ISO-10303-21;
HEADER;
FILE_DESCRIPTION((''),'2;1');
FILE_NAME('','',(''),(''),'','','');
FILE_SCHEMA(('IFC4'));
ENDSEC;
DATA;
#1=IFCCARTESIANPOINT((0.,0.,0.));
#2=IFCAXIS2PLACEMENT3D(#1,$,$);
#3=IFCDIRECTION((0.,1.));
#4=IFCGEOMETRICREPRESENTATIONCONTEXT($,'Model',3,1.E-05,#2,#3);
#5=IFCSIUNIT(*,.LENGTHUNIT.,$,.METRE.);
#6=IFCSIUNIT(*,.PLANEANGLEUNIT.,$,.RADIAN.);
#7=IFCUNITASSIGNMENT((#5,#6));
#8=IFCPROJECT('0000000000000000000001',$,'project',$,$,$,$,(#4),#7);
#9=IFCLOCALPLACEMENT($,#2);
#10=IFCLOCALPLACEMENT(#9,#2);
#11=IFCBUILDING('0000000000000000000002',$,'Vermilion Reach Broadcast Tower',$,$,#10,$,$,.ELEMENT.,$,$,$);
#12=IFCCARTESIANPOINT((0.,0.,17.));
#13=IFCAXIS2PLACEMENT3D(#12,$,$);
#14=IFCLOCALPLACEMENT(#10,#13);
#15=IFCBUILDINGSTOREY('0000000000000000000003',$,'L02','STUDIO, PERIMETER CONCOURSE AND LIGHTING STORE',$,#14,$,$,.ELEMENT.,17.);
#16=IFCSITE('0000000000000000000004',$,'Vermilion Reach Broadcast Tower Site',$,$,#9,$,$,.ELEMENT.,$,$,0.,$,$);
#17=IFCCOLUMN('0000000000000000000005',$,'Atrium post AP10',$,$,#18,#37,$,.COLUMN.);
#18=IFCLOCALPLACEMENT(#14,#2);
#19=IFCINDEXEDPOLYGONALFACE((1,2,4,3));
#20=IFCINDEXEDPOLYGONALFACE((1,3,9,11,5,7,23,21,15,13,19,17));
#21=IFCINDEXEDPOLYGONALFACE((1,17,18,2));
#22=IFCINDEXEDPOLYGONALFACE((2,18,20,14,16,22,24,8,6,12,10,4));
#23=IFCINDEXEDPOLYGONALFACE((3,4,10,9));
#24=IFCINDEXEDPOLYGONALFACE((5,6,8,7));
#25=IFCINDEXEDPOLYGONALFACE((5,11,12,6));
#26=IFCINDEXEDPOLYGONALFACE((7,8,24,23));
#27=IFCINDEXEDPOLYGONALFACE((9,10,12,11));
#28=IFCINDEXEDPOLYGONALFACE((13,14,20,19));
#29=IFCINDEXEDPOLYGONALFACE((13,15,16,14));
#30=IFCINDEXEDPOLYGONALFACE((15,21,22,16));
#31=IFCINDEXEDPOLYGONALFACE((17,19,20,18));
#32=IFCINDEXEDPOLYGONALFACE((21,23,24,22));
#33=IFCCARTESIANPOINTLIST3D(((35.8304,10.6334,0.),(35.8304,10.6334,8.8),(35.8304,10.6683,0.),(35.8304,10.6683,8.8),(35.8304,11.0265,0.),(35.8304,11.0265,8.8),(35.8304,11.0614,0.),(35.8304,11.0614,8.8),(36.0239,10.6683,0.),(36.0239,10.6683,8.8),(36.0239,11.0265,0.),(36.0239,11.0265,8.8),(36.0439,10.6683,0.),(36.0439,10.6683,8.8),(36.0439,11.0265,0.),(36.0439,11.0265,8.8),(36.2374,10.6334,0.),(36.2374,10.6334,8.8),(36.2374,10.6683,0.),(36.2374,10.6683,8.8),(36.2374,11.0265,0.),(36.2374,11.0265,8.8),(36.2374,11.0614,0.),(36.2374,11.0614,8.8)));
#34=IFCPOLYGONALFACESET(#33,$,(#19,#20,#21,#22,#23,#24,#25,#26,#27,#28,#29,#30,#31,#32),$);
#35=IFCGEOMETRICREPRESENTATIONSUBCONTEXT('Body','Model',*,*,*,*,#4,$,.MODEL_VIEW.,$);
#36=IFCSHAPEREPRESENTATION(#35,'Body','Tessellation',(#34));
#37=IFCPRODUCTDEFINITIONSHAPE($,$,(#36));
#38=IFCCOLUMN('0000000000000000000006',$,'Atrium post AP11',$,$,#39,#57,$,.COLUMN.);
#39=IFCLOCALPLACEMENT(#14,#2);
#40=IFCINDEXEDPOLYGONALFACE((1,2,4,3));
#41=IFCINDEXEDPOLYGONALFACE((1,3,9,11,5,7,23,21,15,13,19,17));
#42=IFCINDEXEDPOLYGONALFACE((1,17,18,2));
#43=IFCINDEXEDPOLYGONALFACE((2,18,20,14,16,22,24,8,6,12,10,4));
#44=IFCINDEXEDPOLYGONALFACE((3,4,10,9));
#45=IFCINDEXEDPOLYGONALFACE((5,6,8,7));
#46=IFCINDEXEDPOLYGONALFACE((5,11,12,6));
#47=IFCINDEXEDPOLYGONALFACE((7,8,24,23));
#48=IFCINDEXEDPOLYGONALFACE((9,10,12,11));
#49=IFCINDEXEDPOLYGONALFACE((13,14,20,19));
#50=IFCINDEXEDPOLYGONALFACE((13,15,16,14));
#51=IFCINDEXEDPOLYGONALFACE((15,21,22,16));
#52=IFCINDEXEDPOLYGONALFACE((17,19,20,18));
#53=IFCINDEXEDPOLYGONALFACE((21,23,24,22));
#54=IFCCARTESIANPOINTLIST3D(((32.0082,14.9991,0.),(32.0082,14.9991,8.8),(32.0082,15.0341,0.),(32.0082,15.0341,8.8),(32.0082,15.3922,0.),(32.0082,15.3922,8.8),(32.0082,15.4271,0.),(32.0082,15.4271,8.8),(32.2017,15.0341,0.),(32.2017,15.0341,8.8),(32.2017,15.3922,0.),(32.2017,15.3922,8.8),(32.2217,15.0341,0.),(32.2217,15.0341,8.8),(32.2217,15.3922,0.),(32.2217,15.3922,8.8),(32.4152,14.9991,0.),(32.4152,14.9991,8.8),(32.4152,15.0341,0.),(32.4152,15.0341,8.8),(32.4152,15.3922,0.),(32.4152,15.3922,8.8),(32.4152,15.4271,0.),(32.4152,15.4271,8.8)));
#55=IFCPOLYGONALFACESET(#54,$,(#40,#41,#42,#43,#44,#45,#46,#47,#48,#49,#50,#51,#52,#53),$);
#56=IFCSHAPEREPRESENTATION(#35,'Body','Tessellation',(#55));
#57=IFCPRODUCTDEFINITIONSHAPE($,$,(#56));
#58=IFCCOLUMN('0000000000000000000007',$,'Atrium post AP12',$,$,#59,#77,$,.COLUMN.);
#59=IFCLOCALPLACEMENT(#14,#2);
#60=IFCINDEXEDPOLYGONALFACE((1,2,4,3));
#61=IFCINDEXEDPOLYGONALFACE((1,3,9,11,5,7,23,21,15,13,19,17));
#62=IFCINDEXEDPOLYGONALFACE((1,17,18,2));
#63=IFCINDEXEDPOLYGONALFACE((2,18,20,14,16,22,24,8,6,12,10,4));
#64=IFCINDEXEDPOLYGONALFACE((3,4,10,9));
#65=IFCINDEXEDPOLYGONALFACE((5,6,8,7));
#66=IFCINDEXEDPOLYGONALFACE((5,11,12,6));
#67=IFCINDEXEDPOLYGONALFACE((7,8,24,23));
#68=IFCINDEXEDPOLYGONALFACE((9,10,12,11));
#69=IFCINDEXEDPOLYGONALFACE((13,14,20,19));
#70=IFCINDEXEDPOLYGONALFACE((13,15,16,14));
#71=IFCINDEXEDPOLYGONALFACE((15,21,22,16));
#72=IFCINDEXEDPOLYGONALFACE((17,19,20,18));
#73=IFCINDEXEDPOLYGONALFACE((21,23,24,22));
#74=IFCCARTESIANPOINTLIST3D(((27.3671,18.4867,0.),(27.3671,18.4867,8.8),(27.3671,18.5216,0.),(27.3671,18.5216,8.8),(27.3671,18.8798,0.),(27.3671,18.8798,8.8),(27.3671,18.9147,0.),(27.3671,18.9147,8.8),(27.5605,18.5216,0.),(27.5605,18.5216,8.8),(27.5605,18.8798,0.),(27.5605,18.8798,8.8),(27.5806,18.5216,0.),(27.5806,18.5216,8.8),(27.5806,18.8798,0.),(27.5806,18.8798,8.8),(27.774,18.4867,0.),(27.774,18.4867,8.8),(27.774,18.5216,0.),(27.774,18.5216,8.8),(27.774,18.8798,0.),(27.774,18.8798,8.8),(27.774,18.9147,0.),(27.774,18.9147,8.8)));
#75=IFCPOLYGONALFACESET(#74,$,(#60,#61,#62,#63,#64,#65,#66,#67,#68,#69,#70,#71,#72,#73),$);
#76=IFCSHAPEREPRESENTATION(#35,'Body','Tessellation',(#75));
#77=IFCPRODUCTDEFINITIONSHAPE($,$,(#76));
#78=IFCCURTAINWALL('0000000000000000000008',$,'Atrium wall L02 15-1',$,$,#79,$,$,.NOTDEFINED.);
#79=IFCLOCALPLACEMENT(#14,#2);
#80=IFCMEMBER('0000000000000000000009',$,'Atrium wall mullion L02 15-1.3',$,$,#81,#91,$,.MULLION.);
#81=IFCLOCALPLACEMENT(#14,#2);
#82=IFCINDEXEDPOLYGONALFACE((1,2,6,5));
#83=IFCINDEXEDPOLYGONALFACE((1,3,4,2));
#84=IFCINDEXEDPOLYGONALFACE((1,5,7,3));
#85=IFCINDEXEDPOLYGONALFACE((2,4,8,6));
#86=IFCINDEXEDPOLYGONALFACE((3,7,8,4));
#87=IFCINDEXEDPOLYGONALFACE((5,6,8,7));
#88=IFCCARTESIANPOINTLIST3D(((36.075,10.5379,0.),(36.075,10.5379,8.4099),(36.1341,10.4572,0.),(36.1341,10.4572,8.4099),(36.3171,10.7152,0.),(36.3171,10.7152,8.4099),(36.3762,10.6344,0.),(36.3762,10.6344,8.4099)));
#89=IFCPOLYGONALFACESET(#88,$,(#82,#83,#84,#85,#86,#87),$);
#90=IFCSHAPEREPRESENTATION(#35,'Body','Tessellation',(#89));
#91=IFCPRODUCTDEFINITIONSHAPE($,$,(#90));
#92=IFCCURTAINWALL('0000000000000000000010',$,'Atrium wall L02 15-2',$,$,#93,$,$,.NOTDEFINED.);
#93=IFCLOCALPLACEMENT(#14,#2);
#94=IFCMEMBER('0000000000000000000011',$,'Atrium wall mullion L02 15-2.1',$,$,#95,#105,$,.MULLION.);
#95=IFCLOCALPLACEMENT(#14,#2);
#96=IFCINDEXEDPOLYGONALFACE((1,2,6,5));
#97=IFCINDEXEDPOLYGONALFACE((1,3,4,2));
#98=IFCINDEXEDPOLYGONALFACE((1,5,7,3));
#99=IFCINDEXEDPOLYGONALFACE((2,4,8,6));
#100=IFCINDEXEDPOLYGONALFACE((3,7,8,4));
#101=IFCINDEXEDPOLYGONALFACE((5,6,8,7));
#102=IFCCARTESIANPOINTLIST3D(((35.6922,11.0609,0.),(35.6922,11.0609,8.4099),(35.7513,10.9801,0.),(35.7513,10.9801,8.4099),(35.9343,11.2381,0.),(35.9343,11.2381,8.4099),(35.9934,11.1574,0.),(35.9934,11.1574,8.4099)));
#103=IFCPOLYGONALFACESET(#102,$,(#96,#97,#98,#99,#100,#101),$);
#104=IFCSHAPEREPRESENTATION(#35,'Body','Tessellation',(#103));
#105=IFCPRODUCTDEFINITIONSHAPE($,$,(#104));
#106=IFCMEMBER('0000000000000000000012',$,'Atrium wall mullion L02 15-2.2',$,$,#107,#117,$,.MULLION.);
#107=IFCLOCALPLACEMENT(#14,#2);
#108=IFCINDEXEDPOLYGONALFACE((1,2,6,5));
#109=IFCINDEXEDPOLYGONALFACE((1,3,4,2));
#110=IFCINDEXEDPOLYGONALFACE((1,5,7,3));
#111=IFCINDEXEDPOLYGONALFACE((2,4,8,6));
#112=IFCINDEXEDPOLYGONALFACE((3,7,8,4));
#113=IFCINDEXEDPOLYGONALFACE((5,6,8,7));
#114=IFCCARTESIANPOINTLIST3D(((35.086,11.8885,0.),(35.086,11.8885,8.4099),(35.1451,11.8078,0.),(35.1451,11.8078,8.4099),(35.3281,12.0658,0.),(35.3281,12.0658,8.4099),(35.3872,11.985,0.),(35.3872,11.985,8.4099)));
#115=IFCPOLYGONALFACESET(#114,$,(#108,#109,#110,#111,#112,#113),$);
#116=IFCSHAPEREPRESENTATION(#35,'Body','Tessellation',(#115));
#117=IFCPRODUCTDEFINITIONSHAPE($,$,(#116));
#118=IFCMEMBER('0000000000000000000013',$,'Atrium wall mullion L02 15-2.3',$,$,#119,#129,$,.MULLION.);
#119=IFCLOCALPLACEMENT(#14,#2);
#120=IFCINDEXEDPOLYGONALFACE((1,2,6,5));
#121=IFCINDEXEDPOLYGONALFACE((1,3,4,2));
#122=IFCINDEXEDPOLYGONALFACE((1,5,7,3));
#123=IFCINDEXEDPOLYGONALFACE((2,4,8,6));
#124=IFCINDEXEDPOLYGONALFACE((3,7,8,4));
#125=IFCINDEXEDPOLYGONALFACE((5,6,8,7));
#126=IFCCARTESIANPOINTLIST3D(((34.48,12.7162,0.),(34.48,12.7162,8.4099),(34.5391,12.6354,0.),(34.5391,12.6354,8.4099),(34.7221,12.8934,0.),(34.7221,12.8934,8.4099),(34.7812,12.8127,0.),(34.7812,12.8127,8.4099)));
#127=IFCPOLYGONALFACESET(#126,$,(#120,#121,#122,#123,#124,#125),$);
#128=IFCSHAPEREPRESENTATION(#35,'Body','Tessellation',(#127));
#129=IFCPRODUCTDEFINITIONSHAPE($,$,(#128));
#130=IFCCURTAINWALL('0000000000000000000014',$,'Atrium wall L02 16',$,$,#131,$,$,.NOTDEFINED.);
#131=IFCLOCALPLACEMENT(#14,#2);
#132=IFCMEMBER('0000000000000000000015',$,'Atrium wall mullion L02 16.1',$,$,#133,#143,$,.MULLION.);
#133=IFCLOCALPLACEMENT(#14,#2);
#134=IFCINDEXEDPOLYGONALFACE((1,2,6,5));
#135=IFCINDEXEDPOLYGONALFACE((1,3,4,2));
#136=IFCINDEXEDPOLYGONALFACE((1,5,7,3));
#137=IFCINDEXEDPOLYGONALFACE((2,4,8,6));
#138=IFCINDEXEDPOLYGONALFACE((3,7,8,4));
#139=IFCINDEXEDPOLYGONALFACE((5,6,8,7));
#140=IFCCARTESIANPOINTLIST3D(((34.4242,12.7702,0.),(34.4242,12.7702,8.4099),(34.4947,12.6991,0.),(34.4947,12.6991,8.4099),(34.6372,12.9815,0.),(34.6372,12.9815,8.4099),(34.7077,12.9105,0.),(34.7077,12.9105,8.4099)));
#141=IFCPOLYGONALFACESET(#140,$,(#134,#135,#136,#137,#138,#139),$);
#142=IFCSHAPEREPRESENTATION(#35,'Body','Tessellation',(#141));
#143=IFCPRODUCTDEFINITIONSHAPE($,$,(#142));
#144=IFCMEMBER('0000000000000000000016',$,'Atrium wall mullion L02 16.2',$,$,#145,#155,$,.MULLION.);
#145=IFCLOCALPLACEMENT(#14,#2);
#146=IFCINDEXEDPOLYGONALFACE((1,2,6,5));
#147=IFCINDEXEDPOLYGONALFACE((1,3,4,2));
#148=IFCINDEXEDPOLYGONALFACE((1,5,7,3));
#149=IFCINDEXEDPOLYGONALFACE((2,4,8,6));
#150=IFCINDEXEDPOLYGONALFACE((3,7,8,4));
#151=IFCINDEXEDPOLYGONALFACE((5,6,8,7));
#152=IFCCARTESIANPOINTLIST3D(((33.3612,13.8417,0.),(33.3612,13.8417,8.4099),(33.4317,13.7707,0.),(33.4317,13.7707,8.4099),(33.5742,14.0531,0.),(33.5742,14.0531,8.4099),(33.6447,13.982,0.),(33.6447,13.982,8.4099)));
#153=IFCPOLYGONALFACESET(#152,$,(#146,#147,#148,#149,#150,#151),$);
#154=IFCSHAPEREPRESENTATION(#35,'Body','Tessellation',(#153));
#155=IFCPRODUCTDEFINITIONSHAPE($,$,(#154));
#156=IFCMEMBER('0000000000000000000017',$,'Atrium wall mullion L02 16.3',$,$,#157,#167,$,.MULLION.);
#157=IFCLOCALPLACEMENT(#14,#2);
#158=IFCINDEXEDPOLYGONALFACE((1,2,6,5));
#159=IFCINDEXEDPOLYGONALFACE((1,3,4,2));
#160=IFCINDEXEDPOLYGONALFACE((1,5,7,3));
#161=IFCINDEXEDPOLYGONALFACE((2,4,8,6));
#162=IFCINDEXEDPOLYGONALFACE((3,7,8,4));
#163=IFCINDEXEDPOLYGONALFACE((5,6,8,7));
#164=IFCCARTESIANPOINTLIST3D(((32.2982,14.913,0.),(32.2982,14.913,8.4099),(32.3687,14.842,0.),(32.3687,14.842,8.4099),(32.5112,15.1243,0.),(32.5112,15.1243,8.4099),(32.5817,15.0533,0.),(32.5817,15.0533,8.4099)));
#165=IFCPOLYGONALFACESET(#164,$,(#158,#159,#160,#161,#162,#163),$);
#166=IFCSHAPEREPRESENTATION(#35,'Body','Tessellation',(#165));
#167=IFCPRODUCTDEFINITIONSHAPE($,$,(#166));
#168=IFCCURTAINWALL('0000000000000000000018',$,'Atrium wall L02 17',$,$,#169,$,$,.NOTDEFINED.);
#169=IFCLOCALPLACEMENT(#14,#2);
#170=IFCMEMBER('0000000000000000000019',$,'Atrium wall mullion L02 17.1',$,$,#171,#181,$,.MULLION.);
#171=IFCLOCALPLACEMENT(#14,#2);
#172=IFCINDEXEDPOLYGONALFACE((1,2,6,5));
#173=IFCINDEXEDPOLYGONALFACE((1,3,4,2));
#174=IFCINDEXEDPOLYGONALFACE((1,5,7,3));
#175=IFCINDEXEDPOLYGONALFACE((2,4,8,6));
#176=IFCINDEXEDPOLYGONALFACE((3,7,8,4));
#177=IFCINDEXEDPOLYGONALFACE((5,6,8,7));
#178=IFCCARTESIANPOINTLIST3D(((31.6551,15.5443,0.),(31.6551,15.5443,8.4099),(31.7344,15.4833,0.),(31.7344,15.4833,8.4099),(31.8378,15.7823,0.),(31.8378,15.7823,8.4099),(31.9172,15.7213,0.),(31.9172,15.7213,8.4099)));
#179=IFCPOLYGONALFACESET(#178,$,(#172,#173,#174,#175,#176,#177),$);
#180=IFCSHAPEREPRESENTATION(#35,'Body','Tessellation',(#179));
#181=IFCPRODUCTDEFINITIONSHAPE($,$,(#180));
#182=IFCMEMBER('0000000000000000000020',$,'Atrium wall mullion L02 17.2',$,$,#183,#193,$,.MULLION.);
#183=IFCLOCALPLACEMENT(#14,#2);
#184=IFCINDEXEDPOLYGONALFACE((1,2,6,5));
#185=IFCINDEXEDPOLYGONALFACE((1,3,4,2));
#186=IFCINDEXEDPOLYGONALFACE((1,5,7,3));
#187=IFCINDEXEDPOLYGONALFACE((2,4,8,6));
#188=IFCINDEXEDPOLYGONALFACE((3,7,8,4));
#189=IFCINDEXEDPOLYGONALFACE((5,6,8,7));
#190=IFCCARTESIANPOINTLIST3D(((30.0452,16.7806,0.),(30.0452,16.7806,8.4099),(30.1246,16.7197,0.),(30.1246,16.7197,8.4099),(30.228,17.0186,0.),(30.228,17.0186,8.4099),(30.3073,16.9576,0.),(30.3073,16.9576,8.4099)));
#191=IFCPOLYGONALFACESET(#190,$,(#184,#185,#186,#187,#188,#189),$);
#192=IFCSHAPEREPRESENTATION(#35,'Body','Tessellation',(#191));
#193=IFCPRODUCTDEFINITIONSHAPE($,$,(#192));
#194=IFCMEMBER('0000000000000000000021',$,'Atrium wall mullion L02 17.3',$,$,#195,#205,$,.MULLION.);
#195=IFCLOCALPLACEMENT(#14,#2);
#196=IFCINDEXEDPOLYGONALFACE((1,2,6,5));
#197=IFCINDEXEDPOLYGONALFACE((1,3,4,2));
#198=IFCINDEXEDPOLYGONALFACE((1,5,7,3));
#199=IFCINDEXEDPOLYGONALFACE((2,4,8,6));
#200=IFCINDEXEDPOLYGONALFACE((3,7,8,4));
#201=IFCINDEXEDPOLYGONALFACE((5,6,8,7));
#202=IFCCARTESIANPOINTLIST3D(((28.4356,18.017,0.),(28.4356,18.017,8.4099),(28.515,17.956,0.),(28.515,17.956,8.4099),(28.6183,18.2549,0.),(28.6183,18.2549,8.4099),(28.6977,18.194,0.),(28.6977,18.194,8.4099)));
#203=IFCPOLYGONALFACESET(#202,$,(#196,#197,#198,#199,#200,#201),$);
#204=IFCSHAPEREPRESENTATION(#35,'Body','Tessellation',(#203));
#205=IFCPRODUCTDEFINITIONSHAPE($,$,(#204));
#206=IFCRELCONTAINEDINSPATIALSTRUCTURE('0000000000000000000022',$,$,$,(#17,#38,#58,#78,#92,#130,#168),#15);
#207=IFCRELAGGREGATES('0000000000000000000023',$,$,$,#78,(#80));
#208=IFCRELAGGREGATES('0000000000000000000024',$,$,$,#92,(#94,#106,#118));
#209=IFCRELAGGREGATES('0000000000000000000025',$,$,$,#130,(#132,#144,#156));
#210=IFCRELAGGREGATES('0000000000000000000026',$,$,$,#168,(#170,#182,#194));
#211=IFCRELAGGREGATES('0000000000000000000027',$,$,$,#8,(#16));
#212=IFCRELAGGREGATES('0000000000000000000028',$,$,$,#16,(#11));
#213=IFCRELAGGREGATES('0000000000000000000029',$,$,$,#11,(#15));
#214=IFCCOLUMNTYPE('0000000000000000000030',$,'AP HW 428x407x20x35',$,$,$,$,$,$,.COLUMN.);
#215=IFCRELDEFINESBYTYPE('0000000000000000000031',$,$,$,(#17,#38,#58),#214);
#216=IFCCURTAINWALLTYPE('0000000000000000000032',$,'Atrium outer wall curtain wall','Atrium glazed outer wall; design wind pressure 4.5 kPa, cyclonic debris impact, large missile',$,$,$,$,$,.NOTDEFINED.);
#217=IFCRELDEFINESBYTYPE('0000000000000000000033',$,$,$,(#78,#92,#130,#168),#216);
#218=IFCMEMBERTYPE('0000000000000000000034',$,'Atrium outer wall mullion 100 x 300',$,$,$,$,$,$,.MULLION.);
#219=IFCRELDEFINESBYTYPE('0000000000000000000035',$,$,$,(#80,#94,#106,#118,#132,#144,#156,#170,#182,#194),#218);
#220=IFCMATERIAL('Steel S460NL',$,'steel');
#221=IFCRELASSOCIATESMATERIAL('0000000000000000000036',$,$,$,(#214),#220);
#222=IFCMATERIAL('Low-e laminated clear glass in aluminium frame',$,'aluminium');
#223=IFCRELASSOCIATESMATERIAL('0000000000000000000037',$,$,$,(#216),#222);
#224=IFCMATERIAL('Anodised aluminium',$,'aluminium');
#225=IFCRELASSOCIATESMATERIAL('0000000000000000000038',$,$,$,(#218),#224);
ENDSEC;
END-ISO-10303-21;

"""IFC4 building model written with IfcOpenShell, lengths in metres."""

from ifc_helpers import new_model, si_unit, direction, frame, origin, origin_2d, place, context, subcontext, project, spatial, rectangle, i_section, extrude, material, material_profile, profile_set, type_object, element, aggregate, save


model = new_model("IFC4")

# Units and contexts
model_context = context("Model", 3, precision=1e-05, world=origin(), true_north=direction((0.0, 1.0)))
body_context = subcontext(model_context, "Body", "Model", "MODEL_VIEW")
ifc_project = project(units=[si_unit("LENGTHUNIT", "METRE"), si_unit("PLANEANGLEUNIT", "RADIAN")], contexts=[model_context])

# Site, building, storey
site_placement = place(None, origin())
site = spatial("IfcSite", under=ifc_project, at=site_placement, Name="Vermilion Reach Broadcast Tower Site", CompositionType="ELEMENT", RefElevation=0.0)
building_placement = place(site_placement, origin())
building = spatial("IfcBuilding", under=site, at=building_placement, Name="Vermilion Reach Broadcast Tower", CompositionType="ELEMENT")
storey_placement = place(building_placement, frame((0.0, 0.0, 17.0)))
storey = spatial("IfcBuildingStorey", under=building, at=storey_placement, Name="L02", Description="STUDIO, PERIMETER CONCOURSE AND LIGHTING STORE", CompositionType="ELEMENT", Elevation=17.0)

# Columns
ifc_material_1 = material(Name="Steel S460NL", Category="steel")
ifc_material_profile_1 = material_profile(ifc_material_1, i_section(OverallWidth=0.407, OverallDepth=0.428, WebThickness=0.02, FlangeThickness=0.0349, at=origin_2d()), Name="S460NL HW 428x407x20x35")
ifc_profile_set_1 = profile_set([ifc_material_profile_1], Name="Steel S460NL")
column_type = type_object("IfcColumnType", Name="AP HW 428x407x20x35", PredefinedType="COLUMN", material=ifc_profile_set_1)
for number, where, z_axis, x_axis, name in (
    (1, (36.0339, 10.8474, 0.0), (0.0, 0.0, 1.0), (1.0, 0.0, 0.0), "Atrium post AP10"),
    (2, (32.2117, 15.2131, 0.0), (0.0, 0.0, 1.0), (1.0, 0.0, 0.0), "Atrium post AP11"),
    (3, (27.5706, 18.7007, 0.0), (0.0, 0.0, 1.0), (1.0, 0.0, 0.0), "Atrium post AP12"),
):
    element("IfcColumn", number, at=place(storey_placement, frame(where, z_axis=z_axis, x_axis=x_axis)), inside=storey, type_object=column_type, Name=name, PredefinedType="COLUMN", context=body_context, shape_type="SweptSolid", body=[
        extrude(i_section(OverallWidth=0.407, OverallDepth=0.428, WebThickness=0.02, FlangeThickness=0.0349, at=origin_2d()), origin(), (0.0, 0.0, 1.0), 8.8),
    ])

# Curtain wall, member
ifc_material_2 = material(Name="Low-e laminated clear glass in aluminium frame", Category="aluminium")
curtain_wall_type = type_object("IfcCurtainWallType", Name="Atrium outer wall curtain wall", Description="Atrium glazed outer wall; design wind pressure 4.5 kPa, cyclonic debris impact, large missile", PredefinedType="NOTDEFINED", material=ifc_material_2)
placement = place(storey_placement, origin())
curtain_wall_1 = element("IfcCurtainWall", 4, at=placement, inside=storey, type_object=curtain_wall_type, Name="Atrium wall L02 15-1", PredefinedType="NOTDEFINED")
ifc_material_3 = material(Name="Anodised aluminium", Category="aluminium")
ifc_material_profile_2 = material_profile(ifc_material_3, rectangle(XDim=0.3, YDim=0.1001, at=origin_2d()), Name="Atrium outer wall mullion 100 x 300")
ifc_profile_set_2 = profile_set([ifc_material_profile_2], Name="Anodised aluminium")
member_type_1 = type_object("IfcMemberType", Name="Atrium outer wall mullion 100 x 300", PredefinedType="MULLION", material=ifc_profile_set_2)
member_1_placement = place(storey_placement, frame((36.2256, 10.5862, 0.0), z_axis=(0.0, 0.0, 1.0), x_axis=(-0.806847, -0.59076, 0.0)))
member_1 = element("IfcMember", 5, at=member_1_placement, type_object=member_type_1, Name="Atrium wall mullion L02 15-1.3", PredefinedType="MULLION", context=body_context, shape_type="SweptSolid", body=[
    extrude(rectangle(XDim=0.3, YDim=0.1001, at=origin_2d()), origin(), (0.0, 0.0, 1.0), 8.4099),
])
aggregate(curtain_wall_1, [member_1])

# Curtain walls, members
curtain_wall_2 = element("IfcCurtainWall", 6, at=placement, inside=storey, type_object=curtain_wall_type, Name="Atrium wall L02 15-2", PredefinedType="NOTDEFINED")
member_2_placement = place(storey_placement, frame((35.8428, 11.1091, 0.0), z_axis=(0.0, 0.0, 1.0), x_axis=(-0.806847, -0.59076, 0.0)))
member_2 = element("IfcMember", 7, at=member_2_placement, type_object=member_type_1, Name="Atrium wall mullion L02 15-2.1", PredefinedType="MULLION", context=body_context, shape_type="SweptSolid", body=[
    extrude(rectangle(XDim=0.3, YDim=0.1001, at=origin_2d()), origin(), (0.0, 0.0, 1.0), 8.4099),
])
member_3_placement = place(storey_placement, frame((35.2366, 11.9368, 0.0), z_axis=(0.0, 0.0, 1.0), x_axis=(-0.806847, -0.59076, 0.0)))
member_3 = element("IfcMember", 8, at=member_3_placement, type_object=member_type_1, Name="Atrium wall mullion L02 15-2.2", PredefinedType="MULLION", context=body_context, shape_type="SweptSolid", body=[
    extrude(rectangle(XDim=0.3, YDim=0.1001, at=origin_2d()), origin(), (0.0, 0.0, 1.0), 8.4099),
])
member_4_placement = place(storey_placement, frame((34.6306, 12.7644, 0.0), z_axis=(0.0, 0.0, 1.0), x_axis=(-0.806847, -0.59076, 0.0)))
member_4 = element("IfcMember", 9, at=member_4_placement, type_object=member_type_1, Name="Atrium wall mullion L02 15-2.3", PredefinedType="MULLION", context=body_context, shape_type="SweptSolid", body=[
    extrude(rectangle(XDim=0.3, YDim=0.1001, at=origin_2d()), origin(), (0.0, 0.0, 1.0), 8.4099),
])
curtain_wall_3 = element("IfcCurtainWall", 10, at=placement, inside=storey, type_object=curtain_wall_type, Name="Atrium wall L02 16", PredefinedType="NOTDEFINED")
member_5_placement = place(storey_placement, frame((34.5659, 12.8403, 0.0), z_axis=(0.0, 0.0, 1.0), x_axis=(-0.709926, -0.704276, 0.0)))
member_5 = element("IfcMember", 11, at=member_5_placement, type_object=member_type_1, Name="Atrium wall mullion L02 16.1", PredefinedType="MULLION", context=body_context, shape_type="SweptSolid", body=[
    extrude(rectangle(XDim=0.3, YDim=0.1001, at=origin_2d()), origin(), (0.0, 0.0, 1.0), 8.4099),
])
member_6_placement = place(storey_placement, frame((33.5029, 13.9119, 0.0), z_axis=(0.0, 0.0, 1.0), x_axis=(-0.709926, -0.704276, 0.0)))
member_6 = element("IfcMember", 12, at=member_6_placement, type_object=member_type_1, Name="Atrium wall mullion L02 16.2", PredefinedType="MULLION", context=body_context, shape_type="SweptSolid", body=[
    extrude(rectangle(XDim=0.3, YDim=0.1001, at=origin_2d()), origin(), (0.0, 0.0, 1.0), 8.4099),
])
member_7_placement = place(storey_placement, frame((32.4399, 14.9832, 0.0), z_axis=(0.0, 0.0, 1.0), x_axis=(-0.709926, -0.704276, 0.0)))
member_7 = element("IfcMember", 13, at=member_7_placement, type_object=member_type_1, Name="Atrium wall mullion L02 16.3", PredefinedType="MULLION", context=body_context, shape_type="SweptSolid", body=[
    extrude(rectangle(XDim=0.3, YDim=0.1001, at=origin_2d()), origin(), (0.0, 0.0, 1.0), 8.4099),
])
curtain_wall_4 = element("IfcCurtainWall", 14, at=placement, inside=storey, type_object=curtain_wall_type, Name="Atrium wall L02 17", PredefinedType="NOTDEFINED")
member_8_placement = place(storey_placement, frame((31.7861, 15.6328, 0.0), z_axis=(0.0, 0.0, 1.0), x_axis=(-0.609114, -0.793083, 0.0)))
member_8 = element("IfcMember", 15, at=member_8_placement, type_object=member_type_1, Name="Atrium wall mullion L02 17.1", PredefinedType="MULLION", context=body_context, shape_type="SweptSolid", body=[
    extrude(rectangle(XDim=0.3, YDim=0.1001, at=origin_2d()), origin(), (0.0, 0.0, 1.0), 8.4099),
])
member_9_placement = place(storey_placement, frame((30.1763, 16.8691, 0.0), z_axis=(0.0, 0.0, 1.0), x_axis=(-0.609114, -0.793083, 0.0)))
member_9 = element("IfcMember", 16, at=member_9_placement, type_object=member_type_1, Name="Atrium wall mullion L02 17.2", PredefinedType="MULLION", context=body_context, shape_type="SweptSolid", body=[
    extrude(rectangle(XDim=0.3, YDim=0.1001, at=origin_2d()), origin(), (0.0, 0.0, 1.0), 8.4099),
])
member_10_placement = place(storey_placement, frame((28.5667, 18.1055, 0.0), z_axis=(0.0, 0.0, 1.0), x_axis=(-0.609114, -0.793083, 0.0)))
member_10 = element("IfcMember", 17, at=member_10_placement, type_object=member_type_1, Name="Atrium wall mullion L02 17.3", PredefinedType="MULLION", context=body_context, shape_type="SweptSolid", body=[
    extrude(rectangle(XDim=0.3, YDim=0.1001, at=origin_2d()), origin(), (0.0, 0.0, 1.0), 8.4099),
])

aggregate(curtain_wall_2, [member_2, member_3, member_4])
aggregate(curtain_wall_3, [member_5, member_6, member_7])
aggregate(curtain_wall_4, [member_8, member_9, member_10])

save(model, "model.ifc")
